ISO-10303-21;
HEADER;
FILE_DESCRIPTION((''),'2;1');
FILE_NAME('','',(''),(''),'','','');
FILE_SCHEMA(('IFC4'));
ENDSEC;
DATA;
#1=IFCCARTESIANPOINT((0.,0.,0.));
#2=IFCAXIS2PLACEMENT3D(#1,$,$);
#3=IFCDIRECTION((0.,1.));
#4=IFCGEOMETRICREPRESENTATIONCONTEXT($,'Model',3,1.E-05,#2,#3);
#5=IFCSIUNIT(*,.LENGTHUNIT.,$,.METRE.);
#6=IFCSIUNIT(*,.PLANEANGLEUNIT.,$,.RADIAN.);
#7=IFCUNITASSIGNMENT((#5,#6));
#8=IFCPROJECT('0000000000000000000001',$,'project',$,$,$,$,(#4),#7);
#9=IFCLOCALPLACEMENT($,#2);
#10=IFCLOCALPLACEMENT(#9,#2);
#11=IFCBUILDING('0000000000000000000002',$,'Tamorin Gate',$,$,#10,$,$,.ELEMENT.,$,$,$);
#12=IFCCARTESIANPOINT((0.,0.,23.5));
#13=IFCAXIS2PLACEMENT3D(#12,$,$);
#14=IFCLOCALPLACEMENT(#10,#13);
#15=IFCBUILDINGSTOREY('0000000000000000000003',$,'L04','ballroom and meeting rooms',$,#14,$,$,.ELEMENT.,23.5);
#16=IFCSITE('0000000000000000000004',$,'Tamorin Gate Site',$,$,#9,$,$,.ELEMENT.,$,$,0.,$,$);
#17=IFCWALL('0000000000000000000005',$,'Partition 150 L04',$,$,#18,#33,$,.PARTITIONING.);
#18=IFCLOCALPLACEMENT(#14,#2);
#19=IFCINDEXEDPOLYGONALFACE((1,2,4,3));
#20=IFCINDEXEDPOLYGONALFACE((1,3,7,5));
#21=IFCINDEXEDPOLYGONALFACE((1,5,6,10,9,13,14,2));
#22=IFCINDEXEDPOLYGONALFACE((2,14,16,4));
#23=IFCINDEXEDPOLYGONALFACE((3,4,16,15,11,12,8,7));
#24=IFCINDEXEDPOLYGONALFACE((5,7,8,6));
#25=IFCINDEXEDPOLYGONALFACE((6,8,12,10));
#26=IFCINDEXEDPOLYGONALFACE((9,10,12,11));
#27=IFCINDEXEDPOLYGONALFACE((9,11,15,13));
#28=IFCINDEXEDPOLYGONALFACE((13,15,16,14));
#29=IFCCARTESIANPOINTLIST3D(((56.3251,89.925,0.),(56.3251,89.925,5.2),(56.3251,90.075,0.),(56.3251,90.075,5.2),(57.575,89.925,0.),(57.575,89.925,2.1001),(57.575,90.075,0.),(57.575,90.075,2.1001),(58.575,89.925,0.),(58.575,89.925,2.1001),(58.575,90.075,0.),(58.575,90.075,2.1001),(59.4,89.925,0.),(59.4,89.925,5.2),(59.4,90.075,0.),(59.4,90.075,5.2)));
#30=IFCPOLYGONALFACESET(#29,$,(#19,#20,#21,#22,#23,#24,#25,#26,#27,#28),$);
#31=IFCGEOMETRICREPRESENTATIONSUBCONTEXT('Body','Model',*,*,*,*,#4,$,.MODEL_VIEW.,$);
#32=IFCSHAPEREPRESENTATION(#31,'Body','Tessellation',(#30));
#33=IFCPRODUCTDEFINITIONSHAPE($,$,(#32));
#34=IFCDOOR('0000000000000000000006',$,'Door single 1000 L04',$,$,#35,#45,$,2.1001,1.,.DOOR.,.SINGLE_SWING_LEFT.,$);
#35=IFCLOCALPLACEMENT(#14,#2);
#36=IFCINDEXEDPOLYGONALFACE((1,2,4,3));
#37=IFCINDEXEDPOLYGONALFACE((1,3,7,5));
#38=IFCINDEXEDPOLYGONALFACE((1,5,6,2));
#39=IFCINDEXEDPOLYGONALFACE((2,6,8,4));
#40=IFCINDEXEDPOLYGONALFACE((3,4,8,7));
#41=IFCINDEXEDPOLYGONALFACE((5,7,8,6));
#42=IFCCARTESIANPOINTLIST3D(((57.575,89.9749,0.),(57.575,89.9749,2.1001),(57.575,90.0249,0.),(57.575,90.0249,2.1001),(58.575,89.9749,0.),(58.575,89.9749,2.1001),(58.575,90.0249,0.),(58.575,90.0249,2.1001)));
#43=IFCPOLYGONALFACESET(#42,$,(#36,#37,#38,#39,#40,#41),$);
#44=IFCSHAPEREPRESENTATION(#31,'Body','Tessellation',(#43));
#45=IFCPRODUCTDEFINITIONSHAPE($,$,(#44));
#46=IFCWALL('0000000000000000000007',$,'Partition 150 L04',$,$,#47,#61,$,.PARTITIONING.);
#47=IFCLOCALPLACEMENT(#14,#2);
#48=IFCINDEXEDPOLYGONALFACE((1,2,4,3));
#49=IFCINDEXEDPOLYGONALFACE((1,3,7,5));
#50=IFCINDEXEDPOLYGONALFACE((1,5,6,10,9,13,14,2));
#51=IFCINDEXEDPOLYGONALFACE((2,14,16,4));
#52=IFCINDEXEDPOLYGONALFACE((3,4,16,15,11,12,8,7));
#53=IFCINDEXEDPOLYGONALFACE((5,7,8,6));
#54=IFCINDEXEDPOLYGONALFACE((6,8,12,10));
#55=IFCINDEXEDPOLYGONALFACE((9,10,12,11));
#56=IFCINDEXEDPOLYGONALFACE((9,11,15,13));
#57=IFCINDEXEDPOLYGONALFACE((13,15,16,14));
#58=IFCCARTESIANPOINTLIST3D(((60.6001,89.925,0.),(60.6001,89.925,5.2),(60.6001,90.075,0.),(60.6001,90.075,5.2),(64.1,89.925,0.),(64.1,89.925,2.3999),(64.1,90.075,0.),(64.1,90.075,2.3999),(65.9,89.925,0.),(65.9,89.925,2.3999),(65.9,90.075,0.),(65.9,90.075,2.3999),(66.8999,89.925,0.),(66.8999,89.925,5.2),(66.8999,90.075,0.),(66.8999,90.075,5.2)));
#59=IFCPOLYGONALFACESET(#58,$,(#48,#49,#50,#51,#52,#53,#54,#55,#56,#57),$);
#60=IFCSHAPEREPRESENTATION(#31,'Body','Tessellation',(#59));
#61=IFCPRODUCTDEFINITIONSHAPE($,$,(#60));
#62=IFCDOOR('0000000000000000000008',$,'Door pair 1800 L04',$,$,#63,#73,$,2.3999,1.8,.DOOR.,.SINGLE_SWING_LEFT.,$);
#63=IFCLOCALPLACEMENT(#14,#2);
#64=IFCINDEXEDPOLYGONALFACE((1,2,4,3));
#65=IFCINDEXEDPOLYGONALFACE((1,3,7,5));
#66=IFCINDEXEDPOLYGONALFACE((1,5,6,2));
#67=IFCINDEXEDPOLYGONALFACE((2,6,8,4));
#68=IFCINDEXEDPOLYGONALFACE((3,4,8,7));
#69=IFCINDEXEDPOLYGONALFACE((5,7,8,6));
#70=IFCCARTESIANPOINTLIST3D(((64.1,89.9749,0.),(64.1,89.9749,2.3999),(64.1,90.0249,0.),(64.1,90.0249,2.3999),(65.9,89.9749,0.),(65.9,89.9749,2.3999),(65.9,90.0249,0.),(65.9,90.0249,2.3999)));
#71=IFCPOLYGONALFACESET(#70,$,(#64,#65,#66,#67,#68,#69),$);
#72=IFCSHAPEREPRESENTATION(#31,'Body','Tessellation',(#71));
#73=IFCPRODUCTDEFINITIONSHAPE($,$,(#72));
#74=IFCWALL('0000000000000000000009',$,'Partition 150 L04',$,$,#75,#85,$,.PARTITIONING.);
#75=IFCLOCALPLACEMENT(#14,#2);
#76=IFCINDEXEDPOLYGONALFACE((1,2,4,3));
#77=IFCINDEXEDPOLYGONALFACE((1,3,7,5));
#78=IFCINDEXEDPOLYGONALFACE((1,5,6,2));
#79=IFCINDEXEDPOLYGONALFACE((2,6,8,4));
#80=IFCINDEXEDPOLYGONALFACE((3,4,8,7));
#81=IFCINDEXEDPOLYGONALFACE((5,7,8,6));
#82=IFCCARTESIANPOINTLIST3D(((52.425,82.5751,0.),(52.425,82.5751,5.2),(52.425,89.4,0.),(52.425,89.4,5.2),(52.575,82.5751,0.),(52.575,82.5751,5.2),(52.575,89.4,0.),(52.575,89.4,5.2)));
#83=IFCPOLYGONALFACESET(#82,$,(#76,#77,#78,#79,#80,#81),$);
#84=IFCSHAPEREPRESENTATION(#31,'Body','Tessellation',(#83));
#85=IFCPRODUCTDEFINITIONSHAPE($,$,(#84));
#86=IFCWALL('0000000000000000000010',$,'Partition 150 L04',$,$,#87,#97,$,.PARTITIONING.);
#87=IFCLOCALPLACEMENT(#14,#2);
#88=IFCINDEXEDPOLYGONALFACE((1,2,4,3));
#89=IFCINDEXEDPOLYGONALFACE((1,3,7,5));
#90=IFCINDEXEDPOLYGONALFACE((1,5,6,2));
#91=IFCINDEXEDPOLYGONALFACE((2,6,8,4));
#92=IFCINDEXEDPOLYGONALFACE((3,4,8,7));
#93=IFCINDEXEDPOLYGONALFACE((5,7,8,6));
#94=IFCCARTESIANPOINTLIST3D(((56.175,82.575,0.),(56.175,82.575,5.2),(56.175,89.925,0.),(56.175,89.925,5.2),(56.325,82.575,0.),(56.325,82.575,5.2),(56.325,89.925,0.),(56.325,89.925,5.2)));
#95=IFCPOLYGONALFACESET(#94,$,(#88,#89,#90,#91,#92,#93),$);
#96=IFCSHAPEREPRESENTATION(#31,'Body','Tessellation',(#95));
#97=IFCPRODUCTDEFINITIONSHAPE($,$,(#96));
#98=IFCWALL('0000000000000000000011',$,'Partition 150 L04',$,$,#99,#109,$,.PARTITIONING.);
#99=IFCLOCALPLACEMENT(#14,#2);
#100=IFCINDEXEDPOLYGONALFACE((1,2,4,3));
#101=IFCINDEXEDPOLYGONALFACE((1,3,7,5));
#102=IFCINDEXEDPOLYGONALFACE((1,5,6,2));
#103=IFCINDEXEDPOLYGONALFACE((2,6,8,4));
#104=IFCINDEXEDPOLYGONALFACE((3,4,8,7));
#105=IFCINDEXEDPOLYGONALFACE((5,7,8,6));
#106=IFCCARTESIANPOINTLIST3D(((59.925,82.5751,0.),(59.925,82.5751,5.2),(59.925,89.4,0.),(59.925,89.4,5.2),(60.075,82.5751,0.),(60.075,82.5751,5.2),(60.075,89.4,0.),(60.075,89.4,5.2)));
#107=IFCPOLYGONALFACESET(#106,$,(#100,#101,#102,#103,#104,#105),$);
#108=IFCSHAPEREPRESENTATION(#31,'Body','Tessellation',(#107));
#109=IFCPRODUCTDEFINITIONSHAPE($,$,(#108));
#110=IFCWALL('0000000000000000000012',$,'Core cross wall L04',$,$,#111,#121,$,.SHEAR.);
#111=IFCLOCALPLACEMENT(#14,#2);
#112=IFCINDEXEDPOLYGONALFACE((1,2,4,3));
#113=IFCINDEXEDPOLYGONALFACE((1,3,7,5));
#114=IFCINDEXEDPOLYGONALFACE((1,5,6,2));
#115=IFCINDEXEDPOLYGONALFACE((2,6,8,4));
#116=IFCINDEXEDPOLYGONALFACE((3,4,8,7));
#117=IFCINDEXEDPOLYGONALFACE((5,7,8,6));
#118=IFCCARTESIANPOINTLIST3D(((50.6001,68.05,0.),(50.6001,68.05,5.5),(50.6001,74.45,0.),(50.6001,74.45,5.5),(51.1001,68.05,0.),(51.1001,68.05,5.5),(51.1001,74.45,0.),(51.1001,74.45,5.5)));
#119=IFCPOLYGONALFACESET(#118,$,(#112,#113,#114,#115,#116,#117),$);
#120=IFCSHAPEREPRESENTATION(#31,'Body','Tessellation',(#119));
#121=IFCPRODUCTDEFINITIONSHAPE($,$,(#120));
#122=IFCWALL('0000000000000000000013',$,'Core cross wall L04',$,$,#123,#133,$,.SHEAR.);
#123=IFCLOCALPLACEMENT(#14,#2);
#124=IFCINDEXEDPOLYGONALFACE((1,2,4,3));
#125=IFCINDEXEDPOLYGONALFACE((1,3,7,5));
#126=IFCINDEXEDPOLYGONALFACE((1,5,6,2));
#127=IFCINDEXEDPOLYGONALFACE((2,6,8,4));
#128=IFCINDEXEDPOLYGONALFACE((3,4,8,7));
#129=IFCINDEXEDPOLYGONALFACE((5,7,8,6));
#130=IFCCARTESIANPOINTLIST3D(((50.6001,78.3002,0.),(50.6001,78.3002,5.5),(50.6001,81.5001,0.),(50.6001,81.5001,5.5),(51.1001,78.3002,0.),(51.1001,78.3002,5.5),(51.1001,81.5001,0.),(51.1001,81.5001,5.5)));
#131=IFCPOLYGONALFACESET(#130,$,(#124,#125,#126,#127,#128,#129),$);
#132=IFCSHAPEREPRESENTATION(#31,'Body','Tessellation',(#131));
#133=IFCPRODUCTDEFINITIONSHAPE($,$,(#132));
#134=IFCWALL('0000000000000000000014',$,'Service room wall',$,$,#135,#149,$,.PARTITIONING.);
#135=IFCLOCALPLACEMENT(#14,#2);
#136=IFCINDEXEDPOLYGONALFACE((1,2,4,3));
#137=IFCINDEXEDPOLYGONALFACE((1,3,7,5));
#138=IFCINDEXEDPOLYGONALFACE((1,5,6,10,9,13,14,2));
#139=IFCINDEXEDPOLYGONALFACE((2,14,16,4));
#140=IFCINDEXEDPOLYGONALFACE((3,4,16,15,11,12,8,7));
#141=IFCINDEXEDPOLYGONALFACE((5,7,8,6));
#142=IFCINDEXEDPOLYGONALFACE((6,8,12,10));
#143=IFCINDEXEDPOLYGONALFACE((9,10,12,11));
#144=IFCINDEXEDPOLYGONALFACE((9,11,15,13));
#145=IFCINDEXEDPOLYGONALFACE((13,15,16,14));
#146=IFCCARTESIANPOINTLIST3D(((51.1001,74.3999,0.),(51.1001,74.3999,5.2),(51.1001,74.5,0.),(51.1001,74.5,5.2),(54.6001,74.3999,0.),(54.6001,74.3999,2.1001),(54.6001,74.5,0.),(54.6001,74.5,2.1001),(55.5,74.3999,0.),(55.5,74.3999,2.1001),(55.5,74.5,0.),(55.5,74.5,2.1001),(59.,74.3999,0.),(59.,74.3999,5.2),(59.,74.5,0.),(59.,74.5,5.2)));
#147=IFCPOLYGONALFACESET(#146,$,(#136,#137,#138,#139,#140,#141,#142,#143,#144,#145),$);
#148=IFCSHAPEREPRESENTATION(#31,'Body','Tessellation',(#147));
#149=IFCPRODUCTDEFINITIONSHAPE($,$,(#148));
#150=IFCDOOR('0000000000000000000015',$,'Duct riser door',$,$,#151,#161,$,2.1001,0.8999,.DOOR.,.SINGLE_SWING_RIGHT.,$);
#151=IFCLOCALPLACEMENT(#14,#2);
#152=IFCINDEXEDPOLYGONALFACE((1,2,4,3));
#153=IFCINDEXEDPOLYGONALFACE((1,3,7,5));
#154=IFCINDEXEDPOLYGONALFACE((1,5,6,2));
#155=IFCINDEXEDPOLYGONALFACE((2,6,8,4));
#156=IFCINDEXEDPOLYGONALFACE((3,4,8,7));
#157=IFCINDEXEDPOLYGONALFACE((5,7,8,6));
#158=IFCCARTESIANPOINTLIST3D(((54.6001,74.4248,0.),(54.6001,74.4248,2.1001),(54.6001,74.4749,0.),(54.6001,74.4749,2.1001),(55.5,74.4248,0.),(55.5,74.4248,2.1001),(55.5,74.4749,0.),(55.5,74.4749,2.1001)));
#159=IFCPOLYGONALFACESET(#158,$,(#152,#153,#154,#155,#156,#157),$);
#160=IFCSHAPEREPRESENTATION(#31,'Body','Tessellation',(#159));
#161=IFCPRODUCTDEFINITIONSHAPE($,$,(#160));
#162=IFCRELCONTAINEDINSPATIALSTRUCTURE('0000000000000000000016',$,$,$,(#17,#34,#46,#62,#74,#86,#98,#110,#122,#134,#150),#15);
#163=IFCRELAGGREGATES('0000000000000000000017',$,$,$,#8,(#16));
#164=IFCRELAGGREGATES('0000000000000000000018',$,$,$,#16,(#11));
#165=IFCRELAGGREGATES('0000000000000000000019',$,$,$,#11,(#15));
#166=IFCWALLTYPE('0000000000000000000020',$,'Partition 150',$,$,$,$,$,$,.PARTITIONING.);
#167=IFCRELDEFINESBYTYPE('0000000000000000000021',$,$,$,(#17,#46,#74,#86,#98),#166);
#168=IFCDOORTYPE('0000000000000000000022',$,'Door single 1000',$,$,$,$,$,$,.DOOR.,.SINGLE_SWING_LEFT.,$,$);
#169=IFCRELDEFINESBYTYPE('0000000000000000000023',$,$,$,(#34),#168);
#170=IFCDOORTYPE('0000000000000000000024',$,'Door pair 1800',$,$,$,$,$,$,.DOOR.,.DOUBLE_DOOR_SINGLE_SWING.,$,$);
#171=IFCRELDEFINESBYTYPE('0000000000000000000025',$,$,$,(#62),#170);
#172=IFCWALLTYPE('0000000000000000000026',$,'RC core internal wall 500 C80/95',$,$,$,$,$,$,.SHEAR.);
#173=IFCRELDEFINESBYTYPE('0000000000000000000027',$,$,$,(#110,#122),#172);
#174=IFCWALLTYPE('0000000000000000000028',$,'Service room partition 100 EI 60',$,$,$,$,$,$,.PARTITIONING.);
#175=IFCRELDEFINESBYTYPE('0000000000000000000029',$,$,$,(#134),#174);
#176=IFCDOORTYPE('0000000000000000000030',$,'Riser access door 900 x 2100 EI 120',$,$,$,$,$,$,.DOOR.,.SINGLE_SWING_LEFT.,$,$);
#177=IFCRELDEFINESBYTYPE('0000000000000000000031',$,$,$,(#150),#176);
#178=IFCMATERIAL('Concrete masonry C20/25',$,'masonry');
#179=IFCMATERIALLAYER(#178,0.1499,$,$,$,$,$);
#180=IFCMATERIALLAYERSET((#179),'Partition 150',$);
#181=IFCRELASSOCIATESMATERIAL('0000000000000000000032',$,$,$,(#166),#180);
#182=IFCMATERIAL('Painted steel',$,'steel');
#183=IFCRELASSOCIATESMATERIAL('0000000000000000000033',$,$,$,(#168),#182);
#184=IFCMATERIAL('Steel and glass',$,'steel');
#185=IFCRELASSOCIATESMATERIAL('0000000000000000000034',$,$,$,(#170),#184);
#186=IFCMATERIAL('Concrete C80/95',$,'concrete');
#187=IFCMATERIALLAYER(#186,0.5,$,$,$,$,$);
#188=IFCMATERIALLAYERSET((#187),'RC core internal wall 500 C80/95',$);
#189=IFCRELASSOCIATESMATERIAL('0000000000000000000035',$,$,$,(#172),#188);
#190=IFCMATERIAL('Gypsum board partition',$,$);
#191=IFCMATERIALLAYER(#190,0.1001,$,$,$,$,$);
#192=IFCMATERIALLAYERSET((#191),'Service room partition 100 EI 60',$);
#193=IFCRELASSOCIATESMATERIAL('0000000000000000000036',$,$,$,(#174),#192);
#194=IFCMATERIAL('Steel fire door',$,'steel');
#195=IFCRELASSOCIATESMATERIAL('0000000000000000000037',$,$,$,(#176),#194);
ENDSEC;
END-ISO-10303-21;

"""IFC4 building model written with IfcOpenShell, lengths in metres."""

from ifc_helpers import new_model, si_unit, direction, frame, frame_2d, origin, place, context, subcontext, project, spatial, rectangle, extrude, material, layer, layer_set, type_object, element, fill, save


model = new_model("IFC4")

# Units and contexts
model_context = context("Model", 3, precision=1e-05, world=origin(), true_north=direction((0.0, 1.0)))
body_context = subcontext(model_context, "Body", "Model", "MODEL_VIEW")
ifc_project = project(units=[si_unit("LENGTHUNIT", "METRE"), si_unit("PLANEANGLEUNIT", "RADIAN")], contexts=[model_context])

# Site, building, storey
site_placement = place(None, origin())
site = spatial("IfcSite", under=ifc_project, at=site_placement, Name="Tamorin Gate Site", CompositionType="ELEMENT", RefElevation=0.0)
building_placement = place(site_placement, origin())
building = spatial("IfcBuilding", under=site, at=building_placement, Name="Tamorin Gate", CompositionType="ELEMENT")
storey_placement = place(building_placement, frame((0.0, 0.0, 23.5)))
storey = spatial("IfcBuildingStorey", under=building, at=storey_placement, Name="L04", Description="ballroom and meeting rooms", CompositionType="ELEMENT", Elevation=23.5)

# Shared definitions
ifc_material_1 = material(Name="Concrete C80/95", Category="concrete")

# Walls, openings, doors
ifc_material_2 = material(Name="Concrete masonry C20/25", Category="masonry")
ifc_layer_1 = layer(ifc_material_2, 0.1499)
ifc_layer_set_1 = layer_set([ifc_layer_1], Name="Partition 150")
wall_type_1 = type_object("IfcWallType", Name="Partition 150", PredefinedType="PARTITIONING", material=ifc_layer_set_1)
ifc_material_3 = material(Name="Painted steel", Category="steel")
door_type_1 = type_object("IfcDoorType", Name="Door single 1000", OperationType="SINGLE_SWING_LEFT", PredefinedType="DOOR", material=ifc_material_3)
wall_1_placement = place(storey_placement, frame((56.325, 90.0, 0.0), z_axis=(0.0, 0.0, 1.0), x_axis=(1.0, 0.0, 0.0)))
wall_1 = element("IfcWall", 1, at=wall_1_placement, inside=storey, type_object=wall_type_1, Name="Partition 150 L04", PredefinedType="PARTITIONING", context=body_context, shape_type="SweptSolid", body=[
    extrude(rectangle(XDim=3.075, YDim=0.1499, at=frame_2d((1.5376, 0.0))), origin(), (0.0, 0.0, 1.0), 5.2),
])
opening_1_placement = place(wall_1_placement, frame((1.25, 0.0, 0.0)))
opening_1 = element("IfcOpeningElement", 2, at=opening_1_placement, cuts=wall_1, PredefinedType="OPENING", context=body_context, shape_type="SweptSolid", body=[
    extrude(rectangle(XDim=1.0, YDim=2.1001, at=frame_2d((0.5, 1.05))), frame((0.0, 0.085, 0.0), z_axis=(0.0, -1.0, 0.0), x_axis=(1.0, 0.0, 0.0)), (0.0, 0.0, 1.0), 0.1699),
])
door_1_placement = place(opening_1_placement, origin())
door_1 = element("IfcDoor", 3, at=door_1_placement, inside=storey, type_object=door_type_1, Name="Door single 1000 L04", OperationType="SINGLE_SWING_LEFT", OverallHeight=2.1001, OverallWidth=1.0, PredefinedType="DOOR", context=body_context, shape_type="SweptSolid", body=[
    extrude(rectangle(XDim=1.0, YDim=2.1001, at=frame_2d((0.5, 1.05))), frame((0.0, 0.0249, 0.0), z_axis=(0.0, -1.0, 0.0), x_axis=(1.0, 0.0, 0.0)), (0.0, 0.0, 1.0), 0.05),
])
fill(opening_1, door_1)
wall_2_placement = place(storey_placement, frame((60.6001, 90.0, 0.0), z_axis=(0.0, 0.0, 1.0), x_axis=(1.0, 0.0, 0.0)))
wall_2 = element("IfcWall", 4, at=wall_2_placement, inside=storey, type_object=wall_type_1, Name="Partition 150 L04", PredefinedType="PARTITIONING", context=body_context, shape_type="SweptSolid", body=[
    extrude(rectangle(XDim=6.2998, YDim=0.1499, at=frame_2d((3.1499, 0.0))), origin(), (0.0, 0.0, 1.0), 5.2),
])
opening_2_placement = place(wall_2_placement, frame((3.5, 0.0, 0.0)))
opening_2 = element("IfcOpeningElement", 5, at=opening_2_placement, cuts=wall_2, PredefinedType="OPENING", context=body_context, shape_type="SweptSolid", body=[
    extrude(rectangle(XDim=1.8, YDim=2.3999, at=frame_2d((0.8999, 1.2))), frame((0.0, 0.085, 0.0), z_axis=(0.0, -1.0, 0.0), x_axis=(1.0, 0.0, 0.0)), (0.0, 0.0, 1.0), 0.1699),
])
ifc_material_4 = material(Name="Steel and glass", Category="steel")
door_type_2 = type_object("IfcDoorType", Name="Door pair 1800", OperationType="DOUBLE_DOOR_SINGLE_SWING", PredefinedType="DOOR", material=ifc_material_4)
door_2_placement = place(opening_2_placement, origin())
door_2 = element("IfcDoor", 6, at=door_2_placement, inside=storey, type_object=door_type_2, Name="Door pair 1800 L04", OperationType="SINGLE_SWING_LEFT", OverallHeight=2.3999, OverallWidth=1.8, PredefinedType="DOOR", context=body_context, shape_type="SweptSolid", body=[
    extrude(rectangle(XDim=1.8, YDim=2.3999, at=frame_2d((0.8999, 1.2))), frame((0.0, 0.0249, 0.0), z_axis=(0.0, -1.0, 0.0), x_axis=(1.0, 0.0, 0.0)), (0.0, 0.0, 1.0), 0.05),
])
fill(opening_2, door_2)

# Walls
wall_3_placement = place(storey_placement, frame((52.5, 82.575, 0.0), z_axis=(0.0, 0.0, 1.0), x_axis=(0.0, 1.0, 0.0)))
element("IfcWall", 7, at=wall_3_placement, inside=storey, type_object=wall_type_1, Name="Partition 150 L04", PredefinedType="PARTITIONING", context=body_context, shape_type="SweptSolid", body=[
    extrude(rectangle(XDim=6.825, YDim=0.1499, at=frame_2d((3.4126, 0.0))), origin(), (0.0, 0.0, 1.0), 5.2),
])
wall_4_placement = place(storey_placement, frame((56.25, 82.575, 0.0), z_axis=(0.0, 0.0, 1.0), x_axis=(0.0, 1.0, 0.0)))
element("IfcWall", 8, at=wall_4_placement, inside=storey, type_object=wall_type_1, Name="Partition 150 L04", PredefinedType="PARTITIONING", context=body_context, shape_type="SweptSolid", body=[
    extrude(rectangle(XDim=7.3501, YDim=0.1499, at=frame_2d((3.675, 0.0))), origin(), (0.0, 0.0, 1.0), 5.2),
])
wall_5_placement = place(storey_placement, frame((60.0, 82.575, 0.0), z_axis=(0.0, 0.0, 1.0), x_axis=(0.0, 1.0, 0.0)))
element("IfcWall", 9, at=wall_5_placement, inside=storey, type_object=wall_type_1, Name="Partition 150 L04", PredefinedType="PARTITIONING", context=body_context, shape_type="SweptSolid", body=[
    extrude(rectangle(XDim=6.825, YDim=0.1499, at=frame_2d((3.4126, 0.0))), origin(), (0.0, 0.0, 1.0), 5.2),
])
ifc_layer_2 = layer(ifc_material_1, 0.5)
ifc_layer_set_2 = layer_set([ifc_layer_2], Name="RC core internal wall 500 C80/95")
wall_type_2 = type_object("IfcWallType", Name="RC core internal wall 500 C80/95", PredefinedType="SHEAR", material=ifc_layer_set_2)
wall_6_placement = place(storey_placement, frame((50.8501, 68.05, 0.0), z_axis=(0.0, 0.0, 1.0), x_axis=(0.0, 1.0, 0.0)))
element("IfcWall", 10, at=wall_6_placement, inside=storey, type_object=wall_type_2, Name="Core cross wall L04", PredefinedType="SHEAR", context=body_context, shape_type="SweptSolid", body=[
    extrude(rectangle(XDim=6.3999, YDim=0.5, at=frame_2d((3.2, 0.0))), origin(), (0.0, 0.0, 1.0), 5.5),
])
wall_7_placement = place(storey_placement, frame((50.8501, 78.3, 0.0), z_axis=(0.0, 0.0, 1.0), x_axis=(0.0, 1.0, 0.0)))
element("IfcWall", 11, at=wall_7_placement, inside=storey, type_object=wall_type_2, Name="Core cross wall L04", PredefinedType="SHEAR", context=body_context, shape_type="SweptSolid", body=[
    extrude(rectangle(XDim=3.2, YDim=0.5, at=frame_2d((1.6001, 0.0))), origin(), (0.0, 0.0, 1.0), 5.5),
])

# Wall, opening, door
ifc_material_5 = material(Name="Gypsum board partition")
ifc_layer_3 = layer(ifc_material_5, 0.1001)
ifc_layer_set_3 = layer_set([ifc_layer_3], Name="Service room partition 100 EI 60")
wall_type_3 = type_object("IfcWallType", Name="Service room partition 100 EI 60", PredefinedType="PARTITIONING", material=ifc_layer_set_3)
wall_8_placement = place(storey_placement, frame((51.1001, 74.45, 0.0), z_axis=(0.0, 0.0, 1.0), x_axis=(1.0, 0.0, 0.0)))
wall_8 = element("IfcWall", 12, at=wall_8_placement, inside=storey, type_object=wall_type_3, Name="Service room wall", PredefinedType="PARTITIONING", context=body_context, shape_type="SweptSolid", body=[
    extrude(rectangle(XDim=7.8999, YDim=0.1001, at=frame_2d((3.95, 0.0))), origin(), (0.0, 0.0, 1.0), 5.2),
])
opening_3_placement = place(wall_8_placement, frame((3.5, 0.0, 0.0)))
opening_3 = element("IfcOpeningElement", 13, at=opening_3_placement, cuts=wall_8, PredefinedType="OPENING", context=body_context, shape_type="SweptSolid", body=[
    extrude(rectangle(XDim=0.8999, YDim=2.1001, at=frame_2d((0.45, 1.05))), frame((0.0, 0.0601, 0.0), z_axis=(0.0, -1.0, 0.0), x_axis=(1.0, 0.0, 0.0)), (0.0, 0.0, 1.0), 0.1201),
])
ifc_material_6 = material(Name="Steel fire door", Category="steel")
door_type_3 = type_object("IfcDoorType", Name="Riser access door 900 x 2100 EI 120", OperationType="SINGLE_SWING_LEFT", PredefinedType="DOOR", material=ifc_material_6)
door_3_placement = place(opening_3_placement, origin())
door_3 = element("IfcDoor", 14, at=door_3_placement, inside=storey, type_object=door_type_3, Name="Duct riser door", OperationType="SINGLE_SWING_RIGHT", OverallHeight=2.1001, OverallWidth=0.8999, PredefinedType="DOOR", context=body_context, shape_type="SweptSolid", body=[
    extrude(rectangle(XDim=0.8999, YDim=2.1001, at=frame_2d((0.45, 1.05))), frame((0.0, 0.0249, 0.0), z_axis=(0.0, -1.0, 0.0), x_axis=(1.0, 0.0, 0.0)), (0.0, 0.0, 1.0), 0.05),
])
fill(opening_3, door_3)

save(model, "model.ifc")
